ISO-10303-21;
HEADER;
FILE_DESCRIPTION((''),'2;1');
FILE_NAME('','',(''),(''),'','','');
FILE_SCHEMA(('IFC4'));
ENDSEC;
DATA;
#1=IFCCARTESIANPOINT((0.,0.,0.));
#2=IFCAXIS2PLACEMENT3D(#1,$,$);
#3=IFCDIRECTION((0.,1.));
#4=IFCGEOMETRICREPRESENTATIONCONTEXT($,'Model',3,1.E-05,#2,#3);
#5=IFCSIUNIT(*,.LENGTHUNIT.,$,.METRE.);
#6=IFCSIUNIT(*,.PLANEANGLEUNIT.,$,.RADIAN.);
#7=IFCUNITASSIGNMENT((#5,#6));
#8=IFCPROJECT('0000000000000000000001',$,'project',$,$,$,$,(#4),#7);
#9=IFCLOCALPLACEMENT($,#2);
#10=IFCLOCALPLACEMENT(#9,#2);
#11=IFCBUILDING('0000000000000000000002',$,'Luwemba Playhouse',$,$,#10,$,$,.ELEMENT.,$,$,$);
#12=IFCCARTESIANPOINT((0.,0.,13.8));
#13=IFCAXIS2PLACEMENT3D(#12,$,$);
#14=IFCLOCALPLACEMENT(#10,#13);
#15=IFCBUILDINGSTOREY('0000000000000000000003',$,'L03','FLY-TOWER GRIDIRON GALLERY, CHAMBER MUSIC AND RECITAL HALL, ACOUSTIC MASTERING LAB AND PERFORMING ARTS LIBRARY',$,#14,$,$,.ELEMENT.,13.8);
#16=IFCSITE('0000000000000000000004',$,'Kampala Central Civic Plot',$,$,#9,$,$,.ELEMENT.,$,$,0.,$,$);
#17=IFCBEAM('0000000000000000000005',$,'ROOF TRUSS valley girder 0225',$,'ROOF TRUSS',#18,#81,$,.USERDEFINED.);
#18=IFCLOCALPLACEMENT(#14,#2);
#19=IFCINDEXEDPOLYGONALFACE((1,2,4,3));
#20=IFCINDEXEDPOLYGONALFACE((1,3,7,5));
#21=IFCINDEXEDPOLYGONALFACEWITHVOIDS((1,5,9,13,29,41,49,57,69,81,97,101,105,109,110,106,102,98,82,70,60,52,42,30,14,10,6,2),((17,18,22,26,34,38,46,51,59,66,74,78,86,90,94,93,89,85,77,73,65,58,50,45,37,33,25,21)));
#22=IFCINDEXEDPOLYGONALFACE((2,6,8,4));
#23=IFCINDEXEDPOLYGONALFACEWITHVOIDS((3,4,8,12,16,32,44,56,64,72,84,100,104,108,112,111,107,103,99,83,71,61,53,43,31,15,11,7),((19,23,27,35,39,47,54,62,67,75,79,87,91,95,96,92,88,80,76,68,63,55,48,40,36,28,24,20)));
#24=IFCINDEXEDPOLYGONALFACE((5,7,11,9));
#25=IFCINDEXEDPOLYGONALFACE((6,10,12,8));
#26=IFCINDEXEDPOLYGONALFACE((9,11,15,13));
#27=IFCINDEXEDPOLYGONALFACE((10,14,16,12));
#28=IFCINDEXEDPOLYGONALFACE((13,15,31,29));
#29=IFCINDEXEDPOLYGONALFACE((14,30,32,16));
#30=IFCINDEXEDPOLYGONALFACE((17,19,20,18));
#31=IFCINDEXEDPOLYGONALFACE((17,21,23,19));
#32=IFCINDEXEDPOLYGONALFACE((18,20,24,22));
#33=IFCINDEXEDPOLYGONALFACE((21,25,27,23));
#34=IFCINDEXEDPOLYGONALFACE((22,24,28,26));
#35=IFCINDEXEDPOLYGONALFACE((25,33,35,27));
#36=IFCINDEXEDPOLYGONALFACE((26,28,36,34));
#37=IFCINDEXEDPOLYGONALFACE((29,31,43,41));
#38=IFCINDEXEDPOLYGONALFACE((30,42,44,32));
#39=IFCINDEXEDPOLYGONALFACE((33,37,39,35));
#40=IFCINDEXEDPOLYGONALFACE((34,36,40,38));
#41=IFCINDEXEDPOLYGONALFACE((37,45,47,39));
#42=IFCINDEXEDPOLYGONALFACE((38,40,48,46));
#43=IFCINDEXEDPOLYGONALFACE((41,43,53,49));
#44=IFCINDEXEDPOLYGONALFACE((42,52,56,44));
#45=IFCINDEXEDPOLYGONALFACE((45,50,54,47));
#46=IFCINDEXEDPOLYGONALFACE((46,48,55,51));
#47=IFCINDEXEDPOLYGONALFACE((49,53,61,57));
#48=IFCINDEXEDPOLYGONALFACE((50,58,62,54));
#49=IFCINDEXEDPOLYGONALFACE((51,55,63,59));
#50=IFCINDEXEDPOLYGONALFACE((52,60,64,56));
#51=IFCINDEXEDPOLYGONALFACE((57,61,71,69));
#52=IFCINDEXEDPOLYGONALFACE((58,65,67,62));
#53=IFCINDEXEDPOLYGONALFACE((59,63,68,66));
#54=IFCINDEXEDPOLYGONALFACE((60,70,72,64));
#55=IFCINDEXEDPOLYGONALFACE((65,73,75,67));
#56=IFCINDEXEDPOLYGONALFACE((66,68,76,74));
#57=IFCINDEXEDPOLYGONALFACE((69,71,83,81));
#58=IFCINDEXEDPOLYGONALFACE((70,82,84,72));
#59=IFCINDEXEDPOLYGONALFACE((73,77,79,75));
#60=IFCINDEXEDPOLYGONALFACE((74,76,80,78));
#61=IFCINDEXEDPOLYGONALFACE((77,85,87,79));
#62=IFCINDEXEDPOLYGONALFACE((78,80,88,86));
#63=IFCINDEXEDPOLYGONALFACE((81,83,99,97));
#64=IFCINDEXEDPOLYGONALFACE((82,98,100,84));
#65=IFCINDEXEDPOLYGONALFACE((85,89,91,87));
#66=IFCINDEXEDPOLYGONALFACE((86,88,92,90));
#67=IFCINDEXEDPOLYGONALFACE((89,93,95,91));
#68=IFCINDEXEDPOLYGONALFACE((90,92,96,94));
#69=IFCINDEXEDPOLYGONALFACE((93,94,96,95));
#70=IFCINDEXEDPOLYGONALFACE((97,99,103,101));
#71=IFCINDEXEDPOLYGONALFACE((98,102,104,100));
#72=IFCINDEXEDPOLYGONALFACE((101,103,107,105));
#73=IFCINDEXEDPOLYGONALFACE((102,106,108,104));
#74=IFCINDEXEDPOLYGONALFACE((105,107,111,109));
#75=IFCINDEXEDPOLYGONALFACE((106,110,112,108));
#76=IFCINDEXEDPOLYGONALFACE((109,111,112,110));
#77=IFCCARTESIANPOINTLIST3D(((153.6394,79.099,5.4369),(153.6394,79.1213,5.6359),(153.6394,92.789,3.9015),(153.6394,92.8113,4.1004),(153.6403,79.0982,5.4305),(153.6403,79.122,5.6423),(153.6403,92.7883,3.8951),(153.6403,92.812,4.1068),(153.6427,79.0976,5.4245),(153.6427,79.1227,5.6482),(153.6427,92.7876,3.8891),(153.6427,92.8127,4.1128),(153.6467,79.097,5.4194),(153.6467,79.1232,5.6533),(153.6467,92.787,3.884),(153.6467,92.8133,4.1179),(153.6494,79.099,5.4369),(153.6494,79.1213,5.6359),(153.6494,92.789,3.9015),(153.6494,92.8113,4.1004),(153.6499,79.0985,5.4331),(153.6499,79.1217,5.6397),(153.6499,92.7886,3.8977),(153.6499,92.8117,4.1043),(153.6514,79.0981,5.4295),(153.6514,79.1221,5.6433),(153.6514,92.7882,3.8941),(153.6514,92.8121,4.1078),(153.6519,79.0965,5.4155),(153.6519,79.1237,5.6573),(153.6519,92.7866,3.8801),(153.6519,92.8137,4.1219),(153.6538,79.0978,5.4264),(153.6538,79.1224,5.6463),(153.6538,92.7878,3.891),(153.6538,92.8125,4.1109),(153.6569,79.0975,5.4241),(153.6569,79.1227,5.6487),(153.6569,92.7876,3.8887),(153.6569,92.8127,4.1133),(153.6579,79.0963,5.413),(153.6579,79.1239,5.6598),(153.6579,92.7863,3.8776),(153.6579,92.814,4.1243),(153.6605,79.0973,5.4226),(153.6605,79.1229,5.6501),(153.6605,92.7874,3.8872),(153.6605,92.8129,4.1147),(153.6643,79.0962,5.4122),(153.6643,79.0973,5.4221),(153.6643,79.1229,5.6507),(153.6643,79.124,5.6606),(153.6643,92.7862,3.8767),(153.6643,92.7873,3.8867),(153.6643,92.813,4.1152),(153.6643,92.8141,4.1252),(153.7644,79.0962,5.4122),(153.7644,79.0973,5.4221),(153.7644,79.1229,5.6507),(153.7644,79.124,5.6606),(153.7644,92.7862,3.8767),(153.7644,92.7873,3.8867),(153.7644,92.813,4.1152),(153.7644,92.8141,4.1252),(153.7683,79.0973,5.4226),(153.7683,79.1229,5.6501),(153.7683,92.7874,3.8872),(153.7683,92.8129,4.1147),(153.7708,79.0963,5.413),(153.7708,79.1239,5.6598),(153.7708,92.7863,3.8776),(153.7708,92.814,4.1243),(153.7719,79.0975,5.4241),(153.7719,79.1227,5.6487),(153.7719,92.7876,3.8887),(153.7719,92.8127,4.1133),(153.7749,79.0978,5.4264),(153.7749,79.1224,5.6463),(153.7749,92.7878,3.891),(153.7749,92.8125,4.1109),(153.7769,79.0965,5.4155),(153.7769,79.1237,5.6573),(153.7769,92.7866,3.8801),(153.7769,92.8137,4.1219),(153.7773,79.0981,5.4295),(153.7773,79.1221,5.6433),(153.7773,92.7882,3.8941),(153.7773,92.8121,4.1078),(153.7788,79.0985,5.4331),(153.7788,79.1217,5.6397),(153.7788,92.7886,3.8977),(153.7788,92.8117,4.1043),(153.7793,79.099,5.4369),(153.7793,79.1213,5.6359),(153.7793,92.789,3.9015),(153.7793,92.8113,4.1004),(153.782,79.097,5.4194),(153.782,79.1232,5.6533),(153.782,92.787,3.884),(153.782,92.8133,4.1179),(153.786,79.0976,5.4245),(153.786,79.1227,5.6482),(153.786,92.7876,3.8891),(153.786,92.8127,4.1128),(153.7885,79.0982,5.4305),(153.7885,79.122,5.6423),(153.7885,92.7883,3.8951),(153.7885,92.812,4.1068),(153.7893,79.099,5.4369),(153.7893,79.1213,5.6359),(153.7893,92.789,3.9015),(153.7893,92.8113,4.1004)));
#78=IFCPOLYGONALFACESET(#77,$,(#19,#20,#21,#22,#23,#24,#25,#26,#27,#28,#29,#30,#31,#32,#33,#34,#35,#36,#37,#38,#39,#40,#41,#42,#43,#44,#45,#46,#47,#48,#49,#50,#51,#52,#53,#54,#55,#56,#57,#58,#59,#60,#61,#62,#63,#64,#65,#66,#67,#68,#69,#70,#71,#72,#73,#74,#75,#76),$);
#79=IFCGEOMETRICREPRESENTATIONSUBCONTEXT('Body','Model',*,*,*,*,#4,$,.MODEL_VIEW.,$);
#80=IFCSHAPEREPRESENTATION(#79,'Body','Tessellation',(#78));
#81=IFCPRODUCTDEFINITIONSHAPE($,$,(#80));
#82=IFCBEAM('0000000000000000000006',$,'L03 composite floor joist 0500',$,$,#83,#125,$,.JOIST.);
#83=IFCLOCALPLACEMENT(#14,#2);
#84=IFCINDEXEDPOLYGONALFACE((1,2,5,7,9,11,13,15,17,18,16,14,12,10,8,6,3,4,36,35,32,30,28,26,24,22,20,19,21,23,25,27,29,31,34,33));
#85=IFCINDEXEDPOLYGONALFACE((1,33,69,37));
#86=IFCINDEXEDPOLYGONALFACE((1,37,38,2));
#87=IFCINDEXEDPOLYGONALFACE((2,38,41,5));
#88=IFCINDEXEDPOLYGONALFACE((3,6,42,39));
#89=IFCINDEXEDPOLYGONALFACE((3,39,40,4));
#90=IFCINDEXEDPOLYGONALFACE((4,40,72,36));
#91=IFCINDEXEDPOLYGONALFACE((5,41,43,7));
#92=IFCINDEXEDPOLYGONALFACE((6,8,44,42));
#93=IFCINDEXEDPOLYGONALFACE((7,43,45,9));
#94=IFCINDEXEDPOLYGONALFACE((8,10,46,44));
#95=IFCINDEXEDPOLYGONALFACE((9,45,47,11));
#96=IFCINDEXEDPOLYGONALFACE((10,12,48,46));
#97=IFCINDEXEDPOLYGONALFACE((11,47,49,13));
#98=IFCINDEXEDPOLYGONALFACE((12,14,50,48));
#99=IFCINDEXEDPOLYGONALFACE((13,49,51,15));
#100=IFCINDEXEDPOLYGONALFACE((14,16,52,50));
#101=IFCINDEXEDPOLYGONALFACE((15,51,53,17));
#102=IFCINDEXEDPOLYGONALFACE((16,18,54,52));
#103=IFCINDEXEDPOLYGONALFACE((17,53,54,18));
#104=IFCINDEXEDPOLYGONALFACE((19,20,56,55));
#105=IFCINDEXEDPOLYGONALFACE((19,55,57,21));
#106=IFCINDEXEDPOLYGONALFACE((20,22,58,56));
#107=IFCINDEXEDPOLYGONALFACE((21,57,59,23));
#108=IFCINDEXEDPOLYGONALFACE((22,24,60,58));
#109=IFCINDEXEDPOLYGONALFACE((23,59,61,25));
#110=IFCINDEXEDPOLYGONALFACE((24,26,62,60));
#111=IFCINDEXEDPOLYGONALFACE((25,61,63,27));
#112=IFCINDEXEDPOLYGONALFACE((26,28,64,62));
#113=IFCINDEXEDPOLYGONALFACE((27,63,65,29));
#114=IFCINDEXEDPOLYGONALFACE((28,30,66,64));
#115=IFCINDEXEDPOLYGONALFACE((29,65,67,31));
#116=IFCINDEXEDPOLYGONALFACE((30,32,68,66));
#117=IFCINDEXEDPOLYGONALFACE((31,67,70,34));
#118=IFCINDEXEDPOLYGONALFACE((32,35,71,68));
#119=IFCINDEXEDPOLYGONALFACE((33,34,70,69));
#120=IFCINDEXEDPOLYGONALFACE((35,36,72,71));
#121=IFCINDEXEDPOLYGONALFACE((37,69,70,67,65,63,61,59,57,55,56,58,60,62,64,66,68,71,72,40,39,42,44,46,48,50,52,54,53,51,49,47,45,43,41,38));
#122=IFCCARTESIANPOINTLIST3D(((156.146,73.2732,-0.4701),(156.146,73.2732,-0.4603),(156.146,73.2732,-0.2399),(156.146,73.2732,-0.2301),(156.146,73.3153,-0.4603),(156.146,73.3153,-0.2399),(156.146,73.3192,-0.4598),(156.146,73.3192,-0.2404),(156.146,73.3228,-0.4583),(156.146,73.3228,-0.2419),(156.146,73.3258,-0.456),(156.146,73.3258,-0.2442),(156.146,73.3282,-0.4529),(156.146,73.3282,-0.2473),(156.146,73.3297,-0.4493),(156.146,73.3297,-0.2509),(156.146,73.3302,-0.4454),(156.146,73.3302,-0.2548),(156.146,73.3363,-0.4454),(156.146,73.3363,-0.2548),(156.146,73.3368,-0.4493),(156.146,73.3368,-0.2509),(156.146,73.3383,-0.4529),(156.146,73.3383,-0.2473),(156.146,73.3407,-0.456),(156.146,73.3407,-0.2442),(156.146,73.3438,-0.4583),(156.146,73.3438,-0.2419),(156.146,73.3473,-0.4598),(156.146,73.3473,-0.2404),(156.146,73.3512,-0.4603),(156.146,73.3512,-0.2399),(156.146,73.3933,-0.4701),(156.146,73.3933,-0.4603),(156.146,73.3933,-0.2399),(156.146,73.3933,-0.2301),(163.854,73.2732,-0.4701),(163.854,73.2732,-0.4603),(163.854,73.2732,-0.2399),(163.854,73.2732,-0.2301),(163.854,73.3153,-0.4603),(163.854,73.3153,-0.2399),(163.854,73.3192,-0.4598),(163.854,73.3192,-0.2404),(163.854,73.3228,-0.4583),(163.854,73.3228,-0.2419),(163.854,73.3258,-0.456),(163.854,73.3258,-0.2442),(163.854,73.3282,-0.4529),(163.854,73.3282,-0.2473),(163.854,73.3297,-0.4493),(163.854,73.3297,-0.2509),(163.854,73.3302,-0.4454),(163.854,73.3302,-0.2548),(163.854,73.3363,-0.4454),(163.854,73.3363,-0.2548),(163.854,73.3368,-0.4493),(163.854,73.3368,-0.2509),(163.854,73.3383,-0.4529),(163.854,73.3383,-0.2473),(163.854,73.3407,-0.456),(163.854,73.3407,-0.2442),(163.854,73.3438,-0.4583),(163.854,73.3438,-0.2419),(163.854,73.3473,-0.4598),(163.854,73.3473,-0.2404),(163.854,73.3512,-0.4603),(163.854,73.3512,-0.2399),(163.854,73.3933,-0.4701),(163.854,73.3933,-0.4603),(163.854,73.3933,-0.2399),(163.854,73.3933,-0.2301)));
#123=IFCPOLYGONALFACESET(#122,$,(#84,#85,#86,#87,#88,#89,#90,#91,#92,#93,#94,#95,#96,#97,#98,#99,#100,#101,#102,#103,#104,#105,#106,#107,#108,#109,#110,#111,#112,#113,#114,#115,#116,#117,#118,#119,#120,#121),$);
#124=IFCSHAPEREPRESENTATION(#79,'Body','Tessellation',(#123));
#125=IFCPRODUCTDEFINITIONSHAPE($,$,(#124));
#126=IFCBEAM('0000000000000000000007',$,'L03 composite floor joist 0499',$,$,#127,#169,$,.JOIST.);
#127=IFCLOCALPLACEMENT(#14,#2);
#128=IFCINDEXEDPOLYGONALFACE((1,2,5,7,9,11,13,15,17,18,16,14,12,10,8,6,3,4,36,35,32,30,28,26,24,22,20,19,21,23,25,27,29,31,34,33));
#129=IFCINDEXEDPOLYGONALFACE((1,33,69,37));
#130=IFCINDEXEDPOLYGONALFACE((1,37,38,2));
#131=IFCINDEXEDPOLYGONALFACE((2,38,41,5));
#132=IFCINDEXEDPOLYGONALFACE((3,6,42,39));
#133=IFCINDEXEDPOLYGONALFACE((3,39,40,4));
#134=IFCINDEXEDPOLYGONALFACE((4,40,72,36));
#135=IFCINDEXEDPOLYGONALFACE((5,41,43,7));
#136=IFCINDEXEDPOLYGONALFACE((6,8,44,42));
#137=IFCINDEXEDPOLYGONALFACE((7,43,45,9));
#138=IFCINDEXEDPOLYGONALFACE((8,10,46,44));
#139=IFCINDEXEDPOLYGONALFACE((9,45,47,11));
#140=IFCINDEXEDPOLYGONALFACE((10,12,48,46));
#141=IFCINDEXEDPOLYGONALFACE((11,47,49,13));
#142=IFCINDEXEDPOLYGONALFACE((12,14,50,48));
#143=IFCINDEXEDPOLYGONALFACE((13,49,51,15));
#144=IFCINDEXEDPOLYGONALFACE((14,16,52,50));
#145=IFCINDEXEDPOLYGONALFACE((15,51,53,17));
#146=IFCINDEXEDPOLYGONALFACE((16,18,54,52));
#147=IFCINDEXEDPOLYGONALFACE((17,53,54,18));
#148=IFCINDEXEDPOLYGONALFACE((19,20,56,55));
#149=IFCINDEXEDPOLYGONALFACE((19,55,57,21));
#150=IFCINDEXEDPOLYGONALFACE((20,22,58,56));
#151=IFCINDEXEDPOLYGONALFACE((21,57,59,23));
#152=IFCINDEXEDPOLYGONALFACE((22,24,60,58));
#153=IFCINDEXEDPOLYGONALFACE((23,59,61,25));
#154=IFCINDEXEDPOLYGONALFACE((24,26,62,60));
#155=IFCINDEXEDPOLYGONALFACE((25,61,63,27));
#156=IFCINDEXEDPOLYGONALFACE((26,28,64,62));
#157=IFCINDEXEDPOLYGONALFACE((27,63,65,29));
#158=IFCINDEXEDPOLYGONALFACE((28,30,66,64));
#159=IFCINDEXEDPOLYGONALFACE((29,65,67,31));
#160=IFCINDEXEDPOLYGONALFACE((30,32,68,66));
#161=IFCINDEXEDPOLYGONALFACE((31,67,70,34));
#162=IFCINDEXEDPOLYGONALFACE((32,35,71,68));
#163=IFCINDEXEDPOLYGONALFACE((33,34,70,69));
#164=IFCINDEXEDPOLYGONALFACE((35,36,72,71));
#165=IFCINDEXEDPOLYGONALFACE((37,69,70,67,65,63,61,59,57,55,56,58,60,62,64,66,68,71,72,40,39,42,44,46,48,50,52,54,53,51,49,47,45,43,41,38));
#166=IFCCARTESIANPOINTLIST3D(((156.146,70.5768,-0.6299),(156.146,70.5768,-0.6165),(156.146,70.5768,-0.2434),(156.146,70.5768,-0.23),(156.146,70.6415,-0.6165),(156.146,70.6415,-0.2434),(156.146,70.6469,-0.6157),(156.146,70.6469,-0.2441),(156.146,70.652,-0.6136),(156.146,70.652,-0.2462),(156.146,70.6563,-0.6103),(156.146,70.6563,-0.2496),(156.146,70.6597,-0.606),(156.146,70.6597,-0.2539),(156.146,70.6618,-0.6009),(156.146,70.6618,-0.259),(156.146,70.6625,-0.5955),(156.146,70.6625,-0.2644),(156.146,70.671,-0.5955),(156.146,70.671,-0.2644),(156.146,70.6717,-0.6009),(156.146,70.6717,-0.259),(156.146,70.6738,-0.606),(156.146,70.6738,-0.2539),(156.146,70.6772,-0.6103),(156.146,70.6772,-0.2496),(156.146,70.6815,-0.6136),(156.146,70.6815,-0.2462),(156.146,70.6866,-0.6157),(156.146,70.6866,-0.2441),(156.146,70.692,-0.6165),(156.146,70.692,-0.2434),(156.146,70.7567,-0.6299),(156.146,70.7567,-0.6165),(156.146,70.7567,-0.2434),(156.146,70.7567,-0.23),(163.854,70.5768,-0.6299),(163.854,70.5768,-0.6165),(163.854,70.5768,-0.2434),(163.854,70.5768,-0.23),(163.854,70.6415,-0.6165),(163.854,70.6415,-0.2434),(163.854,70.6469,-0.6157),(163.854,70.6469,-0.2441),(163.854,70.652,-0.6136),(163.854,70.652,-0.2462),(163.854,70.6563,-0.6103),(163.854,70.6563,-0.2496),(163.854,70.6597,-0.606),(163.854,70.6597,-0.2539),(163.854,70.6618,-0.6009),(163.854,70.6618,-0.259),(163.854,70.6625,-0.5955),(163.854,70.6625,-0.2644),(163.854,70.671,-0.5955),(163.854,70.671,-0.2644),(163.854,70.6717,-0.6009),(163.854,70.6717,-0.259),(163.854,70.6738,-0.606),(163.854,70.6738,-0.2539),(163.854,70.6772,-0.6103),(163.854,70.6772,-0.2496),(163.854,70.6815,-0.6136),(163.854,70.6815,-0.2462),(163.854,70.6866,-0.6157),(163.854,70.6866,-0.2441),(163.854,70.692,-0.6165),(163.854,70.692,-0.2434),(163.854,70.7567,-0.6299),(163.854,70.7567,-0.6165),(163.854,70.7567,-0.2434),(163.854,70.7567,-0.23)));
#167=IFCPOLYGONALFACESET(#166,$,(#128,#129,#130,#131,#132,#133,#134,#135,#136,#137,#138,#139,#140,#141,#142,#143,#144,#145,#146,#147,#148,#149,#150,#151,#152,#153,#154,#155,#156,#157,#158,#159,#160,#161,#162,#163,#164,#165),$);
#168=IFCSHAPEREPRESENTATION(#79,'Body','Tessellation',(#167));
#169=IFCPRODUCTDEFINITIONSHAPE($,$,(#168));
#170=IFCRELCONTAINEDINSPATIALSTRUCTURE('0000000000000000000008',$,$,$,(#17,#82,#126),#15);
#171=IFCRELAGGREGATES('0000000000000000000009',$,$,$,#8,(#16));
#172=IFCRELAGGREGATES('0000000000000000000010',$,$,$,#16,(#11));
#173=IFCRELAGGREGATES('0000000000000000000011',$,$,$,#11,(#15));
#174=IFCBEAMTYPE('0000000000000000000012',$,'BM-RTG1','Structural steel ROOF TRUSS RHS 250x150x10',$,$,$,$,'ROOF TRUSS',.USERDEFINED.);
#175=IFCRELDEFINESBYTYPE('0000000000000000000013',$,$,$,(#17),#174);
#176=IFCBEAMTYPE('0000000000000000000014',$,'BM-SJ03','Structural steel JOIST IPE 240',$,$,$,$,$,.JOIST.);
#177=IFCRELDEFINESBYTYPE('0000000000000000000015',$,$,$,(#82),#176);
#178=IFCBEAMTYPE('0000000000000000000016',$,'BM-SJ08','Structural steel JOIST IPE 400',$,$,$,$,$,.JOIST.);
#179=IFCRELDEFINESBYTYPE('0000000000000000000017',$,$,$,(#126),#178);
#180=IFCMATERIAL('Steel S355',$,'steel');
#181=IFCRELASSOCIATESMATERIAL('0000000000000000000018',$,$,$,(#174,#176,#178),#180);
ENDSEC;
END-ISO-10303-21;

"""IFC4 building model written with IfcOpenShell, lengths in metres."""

from ifc_helpers import new_model, si_unit, direction, frame, origin, origin_2d, place, context, subcontext, project, spatial, hollow_rectangle, i_section, extrude, material, material_profile, profile_set, type_object, element, save


model = new_model("IFC4")

# Units and contexts
model_context = context("Model", 3, precision=1e-05, world=origin(), true_north=direction((0.0, 1.0)))
body_context = subcontext(model_context, "Body", "Model", "MODEL_VIEW")
ifc_project = project(units=[si_unit("LENGTHUNIT", "METRE"), si_unit("PLANEANGLEUNIT", "RADIAN")], contexts=[model_context])

# Site, building, storey
site_placement = place(None, origin())
site = spatial("IfcSite", under=ifc_project, at=site_placement, Name="Kampala Central Civic Plot", CompositionType="ELEMENT", RefElevation=0.0)
building_placement = place(site_placement, origin())
building = spatial("IfcBuilding", under=site, at=building_placement, Name="Luwemba Playhouse", CompositionType="ELEMENT")
storey_placement = place(building_placement, frame((0.0, 0.0, 13.8)))
storey = spatial("IfcBuildingStorey", under=building, at=storey_placement, Name="L03", Description="FLY-TOWER GRIDIRON GALLERY, CHAMBER MUSIC AND RECITAL HALL, ACOUSTIC MASTERING LAB AND PERFORMING ARTS LIBRARY", CompositionType="ELEMENT", Elevation=13.8)

# Beams
ifc_material_1 = material(Name="Steel S355", Category="steel")
ifc_material_profile_1 = material_profile(ifc_material_1, hollow_rectangle(XDim=0.1499, YDim=0.25, WallThickness=0.01, InnerFilletRadius=0.0149, OuterFilletRadius=0.0249, at=origin_2d()))
ifc_profile_set_1 = profile_set([ifc_material_profile_1], Name="Steel S355")
beam_type_1 = type_object("IfcBeamType", Name="BM-RTG1", Description="Structural steel ROOF TRUSS RHS 250x150x10", ElementType="ROOF TRUSS", PredefinedType="USERDEFINED", material=ifc_profile_set_1)
beam_1_placement = place(storey_placement, frame((153.7144, 79.1101, 5.5364), z_axis=(0.0, 0.993769, -0.111457), x_axis=(-1.0, 0.0, 0.0)))
element("IfcBeam", 1, at=beam_1_placement, inside=storey, type_object=beam_type_1, Name="ROOF TRUSS valley girder 0225", ObjectType="ROOF TRUSS", PredefinedType="USERDEFINED", context=body_context, shape_type="SweptSolid", body=[
    extrude(hollow_rectangle(XDim=0.1499, YDim=0.25, WallThickness=0.01, InnerFilletRadius=0.0149, OuterFilletRadius=0.0249, at=origin_2d()), origin(), (0.0, 0.0, 1.0), 13.7759),
])
ifc_material_profile_2 = material_profile(ifc_material_1, i_section(OverallWidth=0.1201, OverallDepth=0.24, WebThickness=0.0061, FlangeThickness=0.0098, FilletRadius=0.0149, at=origin_2d()))
ifc_profile_set_2 = profile_set([ifc_material_profile_2], Name="Steel S355")
beam_type_2 = type_object("IfcBeamType", Name="BM-SJ03", Description="Structural steel JOIST IPE 240", PredefinedType="JOIST", material=ifc_profile_set_2)
beam_2_placement = place(storey_placement, frame((156.146, 73.3333, -0.3501), z_axis=(1.0, 0.0, 0.0), x_axis=(0.0, 1.0, 0.0)))
element("IfcBeam", 2, at=beam_2_placement, inside=storey, type_object=beam_type_2, Name="L03 composite floor joist 0500", PredefinedType="JOIST", context=body_context, shape_type="SweptSolid", body=[
    extrude(i_section(OverallWidth=0.1201, OverallDepth=0.24, WebThickness=0.0061, FlangeThickness=0.0098, FilletRadius=0.0149, at=origin_2d()), origin(), (0.0, 0.0, 1.0), 7.708),
])
ifc_material_profile_3 = material_profile(ifc_material_1, i_section(OverallWidth=0.1799, OverallDepth=0.3999, WebThickness=0.0085, FlangeThickness=0.0134, FilletRadius=0.021, at=origin_2d()))
ifc_profile_set_3 = profile_set([ifc_material_profile_3], Name="Steel S355")
beam_type_3 = type_object("IfcBeamType", Name="BM-SJ08", Description="Structural steel JOIST IPE 400", PredefinedType="JOIST", material=ifc_profile_set_3)
beam_3_placement = place(storey_placement, frame((156.146, 70.6667, -0.4299), z_axis=(1.0, 0.0, 0.0), x_axis=(0.0, 1.0, 0.0)))
element("IfcBeam", 3, at=beam_3_placement, inside=storey, type_object=beam_type_3, Name="L03 composite floor joist 0499", PredefinedType="JOIST", context=body_context, shape_type="SweptSolid", body=[
    extrude(i_section(OverallWidth=0.1799, OverallDepth=0.3999, WebThickness=0.0085, FlangeThickness=0.0134, FilletRadius=0.021, at=origin_2d()), origin(), (0.0, 0.0, 1.0), 7.708),
])

save(model, "model.ifc")
